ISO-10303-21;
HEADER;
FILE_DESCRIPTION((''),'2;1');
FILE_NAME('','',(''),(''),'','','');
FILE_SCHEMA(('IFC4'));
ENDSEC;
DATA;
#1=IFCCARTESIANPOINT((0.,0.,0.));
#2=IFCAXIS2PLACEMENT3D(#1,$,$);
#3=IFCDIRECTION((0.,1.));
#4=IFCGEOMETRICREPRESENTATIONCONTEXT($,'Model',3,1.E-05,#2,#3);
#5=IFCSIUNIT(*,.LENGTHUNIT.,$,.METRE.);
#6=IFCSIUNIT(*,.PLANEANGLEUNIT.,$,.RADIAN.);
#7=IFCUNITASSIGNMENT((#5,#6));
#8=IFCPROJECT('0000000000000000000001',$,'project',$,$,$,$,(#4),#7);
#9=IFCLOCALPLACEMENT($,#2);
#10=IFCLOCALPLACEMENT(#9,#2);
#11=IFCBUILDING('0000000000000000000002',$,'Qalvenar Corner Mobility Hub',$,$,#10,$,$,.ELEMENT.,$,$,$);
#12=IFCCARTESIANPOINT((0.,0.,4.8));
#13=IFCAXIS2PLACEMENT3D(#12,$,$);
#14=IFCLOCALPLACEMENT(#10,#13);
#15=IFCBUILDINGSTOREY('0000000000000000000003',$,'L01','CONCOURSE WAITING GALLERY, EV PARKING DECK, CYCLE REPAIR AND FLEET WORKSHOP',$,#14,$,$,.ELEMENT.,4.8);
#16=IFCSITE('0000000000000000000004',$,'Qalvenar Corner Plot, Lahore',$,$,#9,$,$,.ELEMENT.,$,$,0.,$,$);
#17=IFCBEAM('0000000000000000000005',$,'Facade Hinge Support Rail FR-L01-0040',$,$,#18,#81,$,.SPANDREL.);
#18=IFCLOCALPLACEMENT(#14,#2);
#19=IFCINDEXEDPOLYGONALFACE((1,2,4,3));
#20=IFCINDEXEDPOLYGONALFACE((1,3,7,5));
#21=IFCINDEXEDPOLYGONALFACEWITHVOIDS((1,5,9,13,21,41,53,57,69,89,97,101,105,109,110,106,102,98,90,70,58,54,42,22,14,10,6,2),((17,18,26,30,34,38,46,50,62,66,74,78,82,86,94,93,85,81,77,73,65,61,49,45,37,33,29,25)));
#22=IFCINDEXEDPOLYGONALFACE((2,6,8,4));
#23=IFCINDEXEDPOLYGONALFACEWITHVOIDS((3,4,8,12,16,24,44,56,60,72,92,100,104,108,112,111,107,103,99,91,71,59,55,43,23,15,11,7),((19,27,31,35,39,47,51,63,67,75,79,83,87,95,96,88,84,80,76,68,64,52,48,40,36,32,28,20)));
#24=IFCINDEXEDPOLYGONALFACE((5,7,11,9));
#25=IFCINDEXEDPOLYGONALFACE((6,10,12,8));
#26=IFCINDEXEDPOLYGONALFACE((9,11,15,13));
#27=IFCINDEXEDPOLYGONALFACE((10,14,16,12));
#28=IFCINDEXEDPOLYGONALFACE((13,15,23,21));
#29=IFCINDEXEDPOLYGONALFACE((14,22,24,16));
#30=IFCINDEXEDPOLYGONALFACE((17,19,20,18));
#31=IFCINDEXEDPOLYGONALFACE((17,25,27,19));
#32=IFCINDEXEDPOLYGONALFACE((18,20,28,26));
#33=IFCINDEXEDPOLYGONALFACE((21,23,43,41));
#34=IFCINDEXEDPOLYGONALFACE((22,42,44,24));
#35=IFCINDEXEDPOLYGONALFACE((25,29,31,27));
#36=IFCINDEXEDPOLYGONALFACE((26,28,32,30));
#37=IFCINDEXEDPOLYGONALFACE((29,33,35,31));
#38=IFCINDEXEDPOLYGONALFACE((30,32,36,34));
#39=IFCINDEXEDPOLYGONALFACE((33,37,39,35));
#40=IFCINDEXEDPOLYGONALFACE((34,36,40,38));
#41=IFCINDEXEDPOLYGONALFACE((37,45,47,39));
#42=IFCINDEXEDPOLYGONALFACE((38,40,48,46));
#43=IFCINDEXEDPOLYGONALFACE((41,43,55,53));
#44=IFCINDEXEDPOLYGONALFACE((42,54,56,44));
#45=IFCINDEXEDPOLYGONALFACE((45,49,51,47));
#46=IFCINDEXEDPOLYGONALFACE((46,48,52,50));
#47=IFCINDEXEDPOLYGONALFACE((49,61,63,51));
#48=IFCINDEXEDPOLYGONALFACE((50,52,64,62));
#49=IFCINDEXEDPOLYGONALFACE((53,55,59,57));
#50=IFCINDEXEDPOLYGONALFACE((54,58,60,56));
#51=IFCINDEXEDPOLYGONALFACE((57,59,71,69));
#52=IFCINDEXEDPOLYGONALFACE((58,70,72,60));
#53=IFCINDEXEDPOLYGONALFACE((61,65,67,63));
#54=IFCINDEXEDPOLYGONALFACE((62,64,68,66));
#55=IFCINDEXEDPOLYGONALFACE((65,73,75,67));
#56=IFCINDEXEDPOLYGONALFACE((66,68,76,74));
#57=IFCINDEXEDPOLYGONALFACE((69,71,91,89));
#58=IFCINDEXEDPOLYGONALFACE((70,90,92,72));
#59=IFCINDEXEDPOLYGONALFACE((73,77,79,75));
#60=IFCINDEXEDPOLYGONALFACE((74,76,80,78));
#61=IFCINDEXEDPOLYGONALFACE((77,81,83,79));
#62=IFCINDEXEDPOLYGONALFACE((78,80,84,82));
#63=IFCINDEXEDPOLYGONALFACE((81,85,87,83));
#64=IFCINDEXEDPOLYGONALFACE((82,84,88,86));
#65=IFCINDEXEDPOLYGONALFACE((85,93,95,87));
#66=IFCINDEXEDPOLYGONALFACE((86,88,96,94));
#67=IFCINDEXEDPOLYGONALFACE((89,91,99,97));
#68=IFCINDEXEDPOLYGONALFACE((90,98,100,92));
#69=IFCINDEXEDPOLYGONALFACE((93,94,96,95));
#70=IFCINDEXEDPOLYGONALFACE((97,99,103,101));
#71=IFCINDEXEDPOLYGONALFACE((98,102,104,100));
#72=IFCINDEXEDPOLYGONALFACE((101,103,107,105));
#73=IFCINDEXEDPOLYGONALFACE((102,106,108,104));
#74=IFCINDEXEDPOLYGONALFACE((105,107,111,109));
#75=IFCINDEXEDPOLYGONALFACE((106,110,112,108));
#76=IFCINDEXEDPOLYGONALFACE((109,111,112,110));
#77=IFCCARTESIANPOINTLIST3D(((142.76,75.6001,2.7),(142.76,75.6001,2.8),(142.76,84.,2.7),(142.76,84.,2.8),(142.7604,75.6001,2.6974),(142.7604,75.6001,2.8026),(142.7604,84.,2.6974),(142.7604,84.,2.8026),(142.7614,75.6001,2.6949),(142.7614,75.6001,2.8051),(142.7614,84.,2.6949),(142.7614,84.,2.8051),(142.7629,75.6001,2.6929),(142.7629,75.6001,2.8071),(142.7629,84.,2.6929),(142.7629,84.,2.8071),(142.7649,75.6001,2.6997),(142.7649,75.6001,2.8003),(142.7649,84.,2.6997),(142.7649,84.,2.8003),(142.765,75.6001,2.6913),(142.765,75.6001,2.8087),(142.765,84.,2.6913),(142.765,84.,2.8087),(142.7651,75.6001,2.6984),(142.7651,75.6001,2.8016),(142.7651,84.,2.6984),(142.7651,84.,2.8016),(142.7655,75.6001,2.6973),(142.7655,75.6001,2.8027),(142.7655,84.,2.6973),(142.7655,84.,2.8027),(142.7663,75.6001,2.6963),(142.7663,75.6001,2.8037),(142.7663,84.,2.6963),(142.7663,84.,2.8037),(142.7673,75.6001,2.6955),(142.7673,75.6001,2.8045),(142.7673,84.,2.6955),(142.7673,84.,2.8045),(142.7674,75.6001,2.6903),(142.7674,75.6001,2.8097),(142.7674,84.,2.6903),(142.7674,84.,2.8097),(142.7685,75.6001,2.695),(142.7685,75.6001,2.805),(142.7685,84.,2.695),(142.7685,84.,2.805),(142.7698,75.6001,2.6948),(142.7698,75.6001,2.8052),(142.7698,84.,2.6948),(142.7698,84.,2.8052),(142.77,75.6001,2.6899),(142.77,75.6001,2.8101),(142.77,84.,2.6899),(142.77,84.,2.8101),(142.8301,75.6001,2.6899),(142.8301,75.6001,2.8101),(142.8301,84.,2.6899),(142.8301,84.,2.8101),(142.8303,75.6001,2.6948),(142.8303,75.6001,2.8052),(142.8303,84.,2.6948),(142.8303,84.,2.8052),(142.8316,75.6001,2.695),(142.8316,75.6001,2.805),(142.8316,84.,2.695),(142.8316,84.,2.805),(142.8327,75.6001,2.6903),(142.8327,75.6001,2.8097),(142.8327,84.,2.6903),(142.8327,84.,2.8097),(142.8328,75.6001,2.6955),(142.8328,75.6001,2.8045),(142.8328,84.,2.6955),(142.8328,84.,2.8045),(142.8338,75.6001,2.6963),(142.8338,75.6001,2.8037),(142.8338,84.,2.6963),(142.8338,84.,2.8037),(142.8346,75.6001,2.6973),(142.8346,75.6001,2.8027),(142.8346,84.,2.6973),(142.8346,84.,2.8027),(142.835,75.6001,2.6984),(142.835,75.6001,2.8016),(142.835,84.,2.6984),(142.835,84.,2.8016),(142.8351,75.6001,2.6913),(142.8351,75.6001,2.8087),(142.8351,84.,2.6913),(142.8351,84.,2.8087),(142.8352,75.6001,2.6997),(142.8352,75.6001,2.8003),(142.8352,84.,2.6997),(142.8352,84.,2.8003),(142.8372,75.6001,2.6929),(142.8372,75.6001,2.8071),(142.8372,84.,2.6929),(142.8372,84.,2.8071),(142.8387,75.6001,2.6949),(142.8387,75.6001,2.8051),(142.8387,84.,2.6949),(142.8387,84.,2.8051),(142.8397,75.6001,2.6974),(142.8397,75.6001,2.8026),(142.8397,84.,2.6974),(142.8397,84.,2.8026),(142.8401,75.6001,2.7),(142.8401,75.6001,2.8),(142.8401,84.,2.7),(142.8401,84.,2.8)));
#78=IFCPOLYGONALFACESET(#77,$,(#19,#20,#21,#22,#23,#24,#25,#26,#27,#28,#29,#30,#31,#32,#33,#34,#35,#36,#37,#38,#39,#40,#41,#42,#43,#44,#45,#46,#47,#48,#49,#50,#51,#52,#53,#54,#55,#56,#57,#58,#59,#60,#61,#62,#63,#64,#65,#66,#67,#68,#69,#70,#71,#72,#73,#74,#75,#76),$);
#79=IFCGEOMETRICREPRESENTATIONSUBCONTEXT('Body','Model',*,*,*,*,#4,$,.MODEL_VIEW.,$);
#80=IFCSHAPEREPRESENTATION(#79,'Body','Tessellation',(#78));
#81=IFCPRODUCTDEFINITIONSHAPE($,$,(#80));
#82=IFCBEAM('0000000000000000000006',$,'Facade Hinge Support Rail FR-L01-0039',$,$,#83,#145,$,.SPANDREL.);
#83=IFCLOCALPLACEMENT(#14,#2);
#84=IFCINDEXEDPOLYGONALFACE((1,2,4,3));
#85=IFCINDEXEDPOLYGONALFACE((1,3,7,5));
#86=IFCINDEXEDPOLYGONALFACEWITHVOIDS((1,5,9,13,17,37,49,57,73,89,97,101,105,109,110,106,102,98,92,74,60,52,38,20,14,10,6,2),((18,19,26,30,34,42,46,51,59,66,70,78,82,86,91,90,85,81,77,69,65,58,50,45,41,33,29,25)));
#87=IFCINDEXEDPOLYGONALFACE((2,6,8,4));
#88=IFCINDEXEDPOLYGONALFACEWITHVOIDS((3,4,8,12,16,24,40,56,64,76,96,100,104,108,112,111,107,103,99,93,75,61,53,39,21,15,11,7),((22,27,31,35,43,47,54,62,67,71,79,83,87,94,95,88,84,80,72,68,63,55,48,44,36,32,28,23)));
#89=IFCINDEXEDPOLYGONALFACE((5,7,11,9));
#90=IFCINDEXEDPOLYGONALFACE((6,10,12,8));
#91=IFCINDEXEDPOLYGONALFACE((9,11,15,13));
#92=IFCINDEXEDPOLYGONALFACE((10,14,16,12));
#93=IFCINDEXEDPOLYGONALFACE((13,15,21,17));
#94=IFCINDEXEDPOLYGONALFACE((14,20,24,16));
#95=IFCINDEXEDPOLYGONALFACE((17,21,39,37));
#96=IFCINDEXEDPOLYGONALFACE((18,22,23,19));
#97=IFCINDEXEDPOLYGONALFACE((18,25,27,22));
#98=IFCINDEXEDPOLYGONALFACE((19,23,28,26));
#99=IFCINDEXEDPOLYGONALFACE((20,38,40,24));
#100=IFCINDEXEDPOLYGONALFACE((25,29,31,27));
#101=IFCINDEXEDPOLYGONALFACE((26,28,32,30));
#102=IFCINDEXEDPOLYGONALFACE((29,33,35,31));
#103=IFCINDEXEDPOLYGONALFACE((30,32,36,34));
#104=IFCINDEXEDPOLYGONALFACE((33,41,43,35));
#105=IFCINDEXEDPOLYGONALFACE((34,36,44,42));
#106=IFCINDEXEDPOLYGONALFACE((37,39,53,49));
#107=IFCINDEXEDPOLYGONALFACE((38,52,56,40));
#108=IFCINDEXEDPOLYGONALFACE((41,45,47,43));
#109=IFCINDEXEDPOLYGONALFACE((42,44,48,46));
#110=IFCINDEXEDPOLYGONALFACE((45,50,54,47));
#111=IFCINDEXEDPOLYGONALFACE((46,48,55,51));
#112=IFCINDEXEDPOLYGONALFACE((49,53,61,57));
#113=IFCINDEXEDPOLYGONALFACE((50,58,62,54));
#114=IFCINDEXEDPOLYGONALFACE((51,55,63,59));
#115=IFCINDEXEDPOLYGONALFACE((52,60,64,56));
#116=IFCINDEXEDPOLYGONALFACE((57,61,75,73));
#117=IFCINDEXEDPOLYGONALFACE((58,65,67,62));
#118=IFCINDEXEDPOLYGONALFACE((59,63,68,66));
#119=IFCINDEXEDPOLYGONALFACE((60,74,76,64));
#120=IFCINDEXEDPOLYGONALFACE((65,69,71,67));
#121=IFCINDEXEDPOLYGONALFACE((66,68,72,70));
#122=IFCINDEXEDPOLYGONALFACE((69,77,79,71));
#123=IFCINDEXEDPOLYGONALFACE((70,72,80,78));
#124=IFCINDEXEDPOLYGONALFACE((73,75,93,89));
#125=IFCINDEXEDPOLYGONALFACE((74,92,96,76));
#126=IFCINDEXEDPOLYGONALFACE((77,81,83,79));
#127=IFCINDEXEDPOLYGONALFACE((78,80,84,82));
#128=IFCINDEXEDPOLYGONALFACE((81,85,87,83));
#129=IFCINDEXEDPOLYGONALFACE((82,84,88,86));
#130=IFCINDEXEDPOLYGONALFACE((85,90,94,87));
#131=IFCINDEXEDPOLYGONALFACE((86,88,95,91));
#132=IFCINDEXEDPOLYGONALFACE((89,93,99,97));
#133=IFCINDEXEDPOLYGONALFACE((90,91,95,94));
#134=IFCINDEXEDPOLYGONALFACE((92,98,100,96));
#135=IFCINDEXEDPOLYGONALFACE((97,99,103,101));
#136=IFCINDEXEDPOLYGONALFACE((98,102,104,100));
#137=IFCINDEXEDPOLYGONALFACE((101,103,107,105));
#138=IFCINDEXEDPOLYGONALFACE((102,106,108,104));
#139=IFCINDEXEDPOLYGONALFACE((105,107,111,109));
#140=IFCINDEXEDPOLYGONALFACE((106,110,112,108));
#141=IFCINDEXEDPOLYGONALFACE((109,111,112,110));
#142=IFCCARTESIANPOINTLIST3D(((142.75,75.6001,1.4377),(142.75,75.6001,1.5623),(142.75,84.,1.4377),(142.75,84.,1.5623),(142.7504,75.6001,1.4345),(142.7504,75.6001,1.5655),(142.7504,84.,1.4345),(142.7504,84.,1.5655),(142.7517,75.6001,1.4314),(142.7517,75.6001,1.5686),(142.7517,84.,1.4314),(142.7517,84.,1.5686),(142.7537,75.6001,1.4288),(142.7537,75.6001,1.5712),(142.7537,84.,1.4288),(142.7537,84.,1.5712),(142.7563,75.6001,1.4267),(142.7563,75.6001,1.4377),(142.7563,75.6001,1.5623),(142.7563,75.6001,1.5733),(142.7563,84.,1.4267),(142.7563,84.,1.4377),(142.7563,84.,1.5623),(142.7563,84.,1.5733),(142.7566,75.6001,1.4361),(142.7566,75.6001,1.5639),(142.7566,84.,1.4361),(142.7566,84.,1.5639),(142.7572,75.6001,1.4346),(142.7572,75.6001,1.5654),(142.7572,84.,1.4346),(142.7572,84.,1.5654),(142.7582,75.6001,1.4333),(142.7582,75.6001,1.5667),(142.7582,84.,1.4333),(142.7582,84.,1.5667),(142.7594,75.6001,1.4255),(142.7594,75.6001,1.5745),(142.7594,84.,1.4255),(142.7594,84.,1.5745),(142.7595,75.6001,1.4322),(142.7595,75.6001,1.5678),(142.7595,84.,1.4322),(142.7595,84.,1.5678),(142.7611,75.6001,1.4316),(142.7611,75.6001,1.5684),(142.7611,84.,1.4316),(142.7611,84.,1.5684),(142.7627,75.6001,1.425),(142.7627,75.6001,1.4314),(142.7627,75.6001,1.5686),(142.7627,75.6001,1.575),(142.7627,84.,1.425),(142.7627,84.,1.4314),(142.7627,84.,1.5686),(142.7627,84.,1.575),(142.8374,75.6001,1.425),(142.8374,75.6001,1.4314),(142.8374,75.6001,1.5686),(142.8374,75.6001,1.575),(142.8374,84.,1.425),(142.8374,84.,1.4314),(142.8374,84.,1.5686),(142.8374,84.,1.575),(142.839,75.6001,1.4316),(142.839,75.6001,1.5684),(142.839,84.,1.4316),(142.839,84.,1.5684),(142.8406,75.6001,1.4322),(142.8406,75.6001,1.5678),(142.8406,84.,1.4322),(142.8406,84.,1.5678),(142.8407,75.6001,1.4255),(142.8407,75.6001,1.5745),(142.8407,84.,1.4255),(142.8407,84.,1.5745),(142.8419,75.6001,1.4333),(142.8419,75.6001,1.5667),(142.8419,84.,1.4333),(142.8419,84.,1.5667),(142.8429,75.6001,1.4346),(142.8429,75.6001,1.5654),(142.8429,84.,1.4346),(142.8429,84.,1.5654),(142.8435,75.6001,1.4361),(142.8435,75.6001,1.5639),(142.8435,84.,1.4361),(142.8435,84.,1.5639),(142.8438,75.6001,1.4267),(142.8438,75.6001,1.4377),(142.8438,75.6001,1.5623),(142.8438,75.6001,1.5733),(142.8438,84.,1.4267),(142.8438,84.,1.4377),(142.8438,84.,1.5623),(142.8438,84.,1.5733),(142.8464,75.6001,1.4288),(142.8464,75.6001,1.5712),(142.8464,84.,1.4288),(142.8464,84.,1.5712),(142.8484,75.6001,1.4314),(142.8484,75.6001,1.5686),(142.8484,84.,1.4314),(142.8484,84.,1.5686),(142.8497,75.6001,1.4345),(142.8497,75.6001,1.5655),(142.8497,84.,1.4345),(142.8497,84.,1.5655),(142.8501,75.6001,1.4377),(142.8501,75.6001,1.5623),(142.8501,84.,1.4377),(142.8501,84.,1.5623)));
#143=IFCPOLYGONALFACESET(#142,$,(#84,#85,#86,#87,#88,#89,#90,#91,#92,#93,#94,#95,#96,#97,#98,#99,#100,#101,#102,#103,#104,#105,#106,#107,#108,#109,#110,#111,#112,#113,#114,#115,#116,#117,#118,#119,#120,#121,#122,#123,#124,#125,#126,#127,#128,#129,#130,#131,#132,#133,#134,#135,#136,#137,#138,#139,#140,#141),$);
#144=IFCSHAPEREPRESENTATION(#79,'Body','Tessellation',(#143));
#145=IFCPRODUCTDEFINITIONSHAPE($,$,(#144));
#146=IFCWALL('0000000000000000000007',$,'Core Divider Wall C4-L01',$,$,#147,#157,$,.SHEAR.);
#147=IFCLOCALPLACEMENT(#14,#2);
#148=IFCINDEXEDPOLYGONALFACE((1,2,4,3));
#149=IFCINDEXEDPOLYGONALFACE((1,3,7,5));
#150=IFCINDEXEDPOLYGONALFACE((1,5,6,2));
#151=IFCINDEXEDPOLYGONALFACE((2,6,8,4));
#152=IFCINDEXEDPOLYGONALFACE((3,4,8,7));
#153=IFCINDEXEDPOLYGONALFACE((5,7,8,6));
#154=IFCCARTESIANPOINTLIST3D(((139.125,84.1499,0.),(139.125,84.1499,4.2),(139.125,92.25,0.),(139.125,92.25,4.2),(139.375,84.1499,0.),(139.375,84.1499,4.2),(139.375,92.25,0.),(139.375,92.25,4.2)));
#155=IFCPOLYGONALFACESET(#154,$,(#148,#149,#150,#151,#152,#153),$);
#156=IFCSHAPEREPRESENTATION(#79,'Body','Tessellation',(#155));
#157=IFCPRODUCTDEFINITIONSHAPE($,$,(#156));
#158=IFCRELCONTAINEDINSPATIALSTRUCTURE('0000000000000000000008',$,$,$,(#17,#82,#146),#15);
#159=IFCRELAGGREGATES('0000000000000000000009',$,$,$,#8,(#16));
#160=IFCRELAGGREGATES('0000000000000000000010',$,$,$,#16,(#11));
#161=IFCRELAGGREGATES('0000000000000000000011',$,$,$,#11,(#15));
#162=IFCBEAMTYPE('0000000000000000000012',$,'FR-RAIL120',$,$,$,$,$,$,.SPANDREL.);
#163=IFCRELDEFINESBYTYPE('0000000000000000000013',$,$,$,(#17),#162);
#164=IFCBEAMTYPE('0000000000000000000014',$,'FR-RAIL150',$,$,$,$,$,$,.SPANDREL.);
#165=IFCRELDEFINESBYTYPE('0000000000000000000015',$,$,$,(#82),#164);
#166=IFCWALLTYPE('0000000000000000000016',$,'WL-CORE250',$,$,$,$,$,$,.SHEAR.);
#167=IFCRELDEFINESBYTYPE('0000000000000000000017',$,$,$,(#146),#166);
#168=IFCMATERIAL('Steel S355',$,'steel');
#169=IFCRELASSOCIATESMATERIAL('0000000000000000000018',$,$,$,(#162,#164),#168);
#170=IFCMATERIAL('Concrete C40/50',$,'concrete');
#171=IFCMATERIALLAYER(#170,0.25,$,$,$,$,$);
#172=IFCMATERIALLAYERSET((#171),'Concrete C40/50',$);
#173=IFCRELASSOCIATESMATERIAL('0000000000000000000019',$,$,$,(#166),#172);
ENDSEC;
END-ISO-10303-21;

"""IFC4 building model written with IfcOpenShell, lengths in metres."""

from ifc_helpers import new_model, si_unit, direction, frame, frame_2d, origin, origin_2d, place, context, subcontext, project, spatial, rectangle, hollow_rectangle, extrude, material, layer, layer_set, material_profile, profile_set, type_object, element, save


model = new_model("IFC4")

# Units and contexts
model_context = context("Model", 3, precision=1e-05, world=origin(), true_north=direction((0.0, 1.0)))
body_context = subcontext(model_context, "Body", "Model", "MODEL_VIEW")
ifc_project = project(units=[si_unit("LENGTHUNIT", "METRE"), si_unit("PLANEANGLEUNIT", "RADIAN")], contexts=[model_context])

# Site, building, storey
site_placement = place(None, origin())
site = spatial("IfcSite", under=ifc_project, at=site_placement, Name="Qalvenar Corner Plot, Lahore", CompositionType="ELEMENT", RefElevation=0.0)
building_placement = place(site_placement, origin())
building = spatial("IfcBuilding", under=site, at=building_placement, Name="Qalvenar Corner Mobility Hub", CompositionType="ELEMENT")
storey_placement = place(building_placement, frame((0.0, 0.0, 4.8)))
storey = spatial("IfcBuildingStorey", under=building, at=storey_placement, Name="L01", Description="CONCOURSE WAITING GALLERY, EV PARKING DECK, CYCLE REPAIR AND FLEET WORKSHOP", CompositionType="ELEMENT", Elevation=4.8)

# Shared definitions
ifc_material_1 = material(Name="Steel S355", Category="steel")

# Beams
ifc_material_profile_1 = material_profile(ifc_material_1, hollow_rectangle(XDim=0.0801, YDim=0.1201, WallThickness=0.0049, InnerFilletRadius=0.0049, OuterFilletRadius=0.01, at=origin_2d()), Name="RHS120x80x5")
ifc_profile_set_1 = profile_set([ifc_material_profile_1], Name="Steel S355")
beam_type_1 = type_object("IfcBeamType", Name="FR-RAIL120", PredefinedType="SPANDREL", material=ifc_profile_set_1)
beam_1_placement = place(storey_placement, frame((142.8, 75.6001, 2.75), z_axis=(0.0, 1.0, 0.0), x_axis=(-1.0, 0.0, 0.0)))
element("IfcBeam", 1, at=beam_1_placement, inside=storey, type_object=beam_type_1, Name="Facade Hinge Support Rail FR-L01-0040", PredefinedType="SPANDREL", context=body_context, shape_type="SweptSolid", body=[
    extrude(hollow_rectangle(XDim=0.0801, YDim=0.1201, WallThickness=0.0049, InnerFilletRadius=0.0049, OuterFilletRadius=0.01, at=origin_2d()), origin(), (0.0, 0.0, 1.0), 8.3999),
])
ifc_material_profile_2 = material_profile(ifc_material_1, hollow_rectangle(XDim=0.1001, YDim=0.1499, WallThickness=0.0063, InnerFilletRadius=0.0063, OuterFilletRadius=0.0127, at=origin_2d()), Name="RHS150x100x6.3")
ifc_profile_set_2 = profile_set([ifc_material_profile_2], Name="Steel S355")
beam_type_2 = type_object("IfcBeamType", Name="FR-RAIL150", PredefinedType="SPANDREL", material=ifc_profile_set_2)
beam_2_placement = place(storey_placement, frame((142.8, 75.6001, 1.5), z_axis=(0.0, 1.0, 0.0), x_axis=(-1.0, 0.0, 0.0)))
element("IfcBeam", 2, at=beam_2_placement, inside=storey, type_object=beam_type_2, Name="Facade Hinge Support Rail FR-L01-0039", PredefinedType="SPANDREL", context=body_context, shape_type="SweptSolid", body=[
    extrude(hollow_rectangle(XDim=0.1001, YDim=0.1499, WallThickness=0.0063, InnerFilletRadius=0.0063, OuterFilletRadius=0.0127, at=origin_2d()), origin(), (0.0, 0.0, 1.0), 8.3999),
])

# Wall
ifc_material_2 = material(Name="Concrete C40/50", Category="concrete")
ifc_layer_1 = layer(ifc_material_2, 0.25)
ifc_layer_set_1 = layer_set([ifc_layer_1], Name="Concrete C40/50")
wall_type_1 = type_object("IfcWallType", Name="WL-CORE250", PredefinedType="SHEAR", material=ifc_layer_set_1)
wall_1_placement = place(storey_placement, frame((139.25, 84.1499, 0.0), z_axis=(0.0, 0.0, 1.0), x_axis=(0.0, 1.0, 0.0)))
element("IfcWall", 3, at=wall_1_placement, inside=storey, type_object=wall_type_1, Name="Core Divider Wall C4-L01", PredefinedType="SHEAR", context=body_context, shape_type="SweptSolid", body=[
    extrude(rectangle(XDim=8.1001, YDim=0.25, at=frame_2d((4.05, 0.0))), origin(), (0.0, 0.0, 1.0), 4.2),
])

save(model, "model.ifc")
